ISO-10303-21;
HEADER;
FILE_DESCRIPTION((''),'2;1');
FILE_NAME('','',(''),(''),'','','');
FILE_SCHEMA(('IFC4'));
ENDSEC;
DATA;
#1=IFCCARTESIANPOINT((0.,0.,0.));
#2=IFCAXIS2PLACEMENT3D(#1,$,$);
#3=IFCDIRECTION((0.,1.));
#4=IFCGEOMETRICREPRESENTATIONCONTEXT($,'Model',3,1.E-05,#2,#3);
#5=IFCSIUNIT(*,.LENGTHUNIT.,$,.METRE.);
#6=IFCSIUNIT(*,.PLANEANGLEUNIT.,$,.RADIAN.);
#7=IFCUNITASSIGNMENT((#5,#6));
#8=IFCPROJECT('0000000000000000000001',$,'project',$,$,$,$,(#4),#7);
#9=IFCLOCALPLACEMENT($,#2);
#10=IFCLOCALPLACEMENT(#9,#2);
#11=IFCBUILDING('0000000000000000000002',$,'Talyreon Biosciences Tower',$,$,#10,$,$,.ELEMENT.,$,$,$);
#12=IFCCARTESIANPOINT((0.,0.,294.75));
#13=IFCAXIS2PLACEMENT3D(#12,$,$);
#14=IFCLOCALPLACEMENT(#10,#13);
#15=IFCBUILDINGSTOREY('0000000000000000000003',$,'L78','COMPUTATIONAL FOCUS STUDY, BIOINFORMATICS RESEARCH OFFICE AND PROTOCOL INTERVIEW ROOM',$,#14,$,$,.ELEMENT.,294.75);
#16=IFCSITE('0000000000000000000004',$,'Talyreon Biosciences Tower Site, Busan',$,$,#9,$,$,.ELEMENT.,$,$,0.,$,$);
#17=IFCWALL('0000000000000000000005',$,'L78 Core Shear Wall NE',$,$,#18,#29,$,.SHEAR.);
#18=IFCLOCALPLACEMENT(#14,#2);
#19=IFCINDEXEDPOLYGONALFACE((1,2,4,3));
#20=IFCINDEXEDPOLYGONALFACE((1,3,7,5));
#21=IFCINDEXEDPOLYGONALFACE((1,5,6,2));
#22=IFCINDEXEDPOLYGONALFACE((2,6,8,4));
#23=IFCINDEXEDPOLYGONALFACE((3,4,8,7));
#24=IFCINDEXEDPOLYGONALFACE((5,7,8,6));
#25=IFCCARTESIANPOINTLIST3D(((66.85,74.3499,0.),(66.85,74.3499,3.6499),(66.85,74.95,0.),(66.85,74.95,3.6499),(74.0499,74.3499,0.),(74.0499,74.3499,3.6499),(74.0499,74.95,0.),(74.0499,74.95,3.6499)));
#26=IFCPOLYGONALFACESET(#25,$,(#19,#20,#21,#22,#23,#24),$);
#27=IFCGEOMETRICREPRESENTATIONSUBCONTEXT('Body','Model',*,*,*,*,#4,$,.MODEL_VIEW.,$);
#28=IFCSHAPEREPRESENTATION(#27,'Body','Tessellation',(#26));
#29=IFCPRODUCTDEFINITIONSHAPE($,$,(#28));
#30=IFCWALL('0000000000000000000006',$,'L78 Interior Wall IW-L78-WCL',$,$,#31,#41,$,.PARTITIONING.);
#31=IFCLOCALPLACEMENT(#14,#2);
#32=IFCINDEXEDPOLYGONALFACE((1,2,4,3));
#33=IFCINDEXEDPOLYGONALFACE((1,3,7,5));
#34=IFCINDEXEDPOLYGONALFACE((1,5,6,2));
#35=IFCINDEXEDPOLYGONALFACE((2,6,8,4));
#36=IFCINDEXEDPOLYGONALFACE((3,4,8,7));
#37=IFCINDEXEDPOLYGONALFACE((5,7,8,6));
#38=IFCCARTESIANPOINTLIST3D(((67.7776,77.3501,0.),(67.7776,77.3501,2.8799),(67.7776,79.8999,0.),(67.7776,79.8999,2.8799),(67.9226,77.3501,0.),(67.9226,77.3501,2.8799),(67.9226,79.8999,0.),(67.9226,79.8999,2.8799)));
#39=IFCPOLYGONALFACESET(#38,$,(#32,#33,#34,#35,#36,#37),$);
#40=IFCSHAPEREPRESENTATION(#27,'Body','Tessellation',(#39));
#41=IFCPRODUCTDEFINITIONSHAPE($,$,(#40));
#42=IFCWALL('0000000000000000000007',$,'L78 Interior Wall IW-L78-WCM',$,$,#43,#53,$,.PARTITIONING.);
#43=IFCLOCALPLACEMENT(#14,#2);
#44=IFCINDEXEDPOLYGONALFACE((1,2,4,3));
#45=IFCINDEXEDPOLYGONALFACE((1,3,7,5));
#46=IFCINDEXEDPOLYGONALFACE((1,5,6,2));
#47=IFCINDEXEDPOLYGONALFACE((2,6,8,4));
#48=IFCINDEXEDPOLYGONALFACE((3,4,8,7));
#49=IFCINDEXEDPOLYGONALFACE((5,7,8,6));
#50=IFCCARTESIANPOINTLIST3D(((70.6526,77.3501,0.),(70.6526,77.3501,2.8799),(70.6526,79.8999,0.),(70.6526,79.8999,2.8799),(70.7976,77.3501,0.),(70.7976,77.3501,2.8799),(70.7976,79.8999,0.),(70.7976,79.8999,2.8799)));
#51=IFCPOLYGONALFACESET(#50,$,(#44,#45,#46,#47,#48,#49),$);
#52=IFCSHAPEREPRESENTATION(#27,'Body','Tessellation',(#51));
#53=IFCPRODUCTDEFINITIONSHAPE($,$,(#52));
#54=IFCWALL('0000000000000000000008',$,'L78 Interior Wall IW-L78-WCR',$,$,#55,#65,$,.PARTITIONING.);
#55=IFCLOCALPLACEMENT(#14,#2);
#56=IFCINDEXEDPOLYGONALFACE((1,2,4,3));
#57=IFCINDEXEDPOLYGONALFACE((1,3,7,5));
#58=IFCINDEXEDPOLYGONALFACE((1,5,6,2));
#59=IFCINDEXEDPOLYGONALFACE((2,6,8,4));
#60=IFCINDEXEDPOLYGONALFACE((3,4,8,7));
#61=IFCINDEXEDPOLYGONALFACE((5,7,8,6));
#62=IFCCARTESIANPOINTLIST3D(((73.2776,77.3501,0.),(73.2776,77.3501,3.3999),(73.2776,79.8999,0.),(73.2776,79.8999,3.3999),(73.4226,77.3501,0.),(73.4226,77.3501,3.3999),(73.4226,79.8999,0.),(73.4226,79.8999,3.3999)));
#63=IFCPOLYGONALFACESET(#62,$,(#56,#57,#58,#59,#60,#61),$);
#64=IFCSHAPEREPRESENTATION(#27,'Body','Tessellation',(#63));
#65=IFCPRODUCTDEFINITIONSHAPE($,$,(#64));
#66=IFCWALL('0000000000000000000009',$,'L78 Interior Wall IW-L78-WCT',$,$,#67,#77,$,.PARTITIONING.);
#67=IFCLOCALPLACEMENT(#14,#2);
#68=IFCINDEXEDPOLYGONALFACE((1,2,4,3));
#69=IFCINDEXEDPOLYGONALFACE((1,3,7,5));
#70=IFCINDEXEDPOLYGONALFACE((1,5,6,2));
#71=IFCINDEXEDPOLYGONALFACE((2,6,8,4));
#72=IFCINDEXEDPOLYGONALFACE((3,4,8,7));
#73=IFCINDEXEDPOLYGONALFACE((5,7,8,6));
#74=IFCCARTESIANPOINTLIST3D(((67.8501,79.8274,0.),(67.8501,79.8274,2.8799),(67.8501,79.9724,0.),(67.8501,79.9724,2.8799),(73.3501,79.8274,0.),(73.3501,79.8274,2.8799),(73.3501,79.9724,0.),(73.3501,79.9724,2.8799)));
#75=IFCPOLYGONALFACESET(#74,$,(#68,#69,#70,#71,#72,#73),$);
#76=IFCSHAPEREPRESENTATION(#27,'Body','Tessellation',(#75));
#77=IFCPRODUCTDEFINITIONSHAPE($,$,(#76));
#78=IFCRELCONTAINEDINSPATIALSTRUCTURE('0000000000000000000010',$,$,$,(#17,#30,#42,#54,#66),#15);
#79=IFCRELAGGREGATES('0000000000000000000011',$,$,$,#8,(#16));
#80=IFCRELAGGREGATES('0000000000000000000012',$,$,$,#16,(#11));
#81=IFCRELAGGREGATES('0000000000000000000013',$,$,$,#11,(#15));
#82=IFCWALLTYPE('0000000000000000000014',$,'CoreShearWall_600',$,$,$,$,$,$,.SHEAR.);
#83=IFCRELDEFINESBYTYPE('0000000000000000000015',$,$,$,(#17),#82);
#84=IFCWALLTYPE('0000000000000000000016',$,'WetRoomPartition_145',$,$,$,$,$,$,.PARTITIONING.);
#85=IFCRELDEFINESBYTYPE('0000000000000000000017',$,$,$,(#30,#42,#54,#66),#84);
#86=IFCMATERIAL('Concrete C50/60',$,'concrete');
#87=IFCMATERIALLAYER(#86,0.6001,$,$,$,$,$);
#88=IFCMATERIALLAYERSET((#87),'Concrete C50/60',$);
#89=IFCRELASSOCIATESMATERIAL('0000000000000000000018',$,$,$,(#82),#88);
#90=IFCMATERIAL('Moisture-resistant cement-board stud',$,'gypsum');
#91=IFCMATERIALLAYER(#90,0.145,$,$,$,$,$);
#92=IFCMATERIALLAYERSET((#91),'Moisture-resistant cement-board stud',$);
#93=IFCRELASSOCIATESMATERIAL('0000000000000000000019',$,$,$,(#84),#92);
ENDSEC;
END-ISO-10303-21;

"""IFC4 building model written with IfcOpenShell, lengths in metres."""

from ifc_helpers import new_model, si_unit, direction, frame, frame_2d, origin, place, context, subcontext, project, spatial, rectangle, extrude, material, layer, layer_set, type_object, element, save


model = new_model("IFC4")

# Units and contexts
model_context = context("Model", 3, precision=1e-05, world=origin(), true_north=direction((0.0, 1.0)))
body_context = subcontext(model_context, "Body", "Model", "MODEL_VIEW")
ifc_project = project(units=[si_unit("LENGTHUNIT", "METRE"), si_unit("PLANEANGLEUNIT", "RADIAN")], contexts=[model_context])

# Site, building, storey
site_placement = place(None, origin())
site = spatial("IfcSite", under=ifc_project, at=site_placement, Name="Talyreon Biosciences Tower Site, Busan", CompositionType="ELEMENT", RefElevation=0.0)
building_placement = place(site_placement, origin())
building = spatial("IfcBuilding", under=site, at=building_placement, Name="Talyreon Biosciences Tower", CompositionType="ELEMENT")
storey_placement = place(building_placement, frame((0.0, 0.0, 294.75)))
storey = spatial("IfcBuildingStorey", under=building, at=storey_placement, Name="L78", Description="COMPUTATIONAL FOCUS STUDY, BIOINFORMATICS RESEARCH OFFICE AND PROTOCOL INTERVIEW ROOM", CompositionType="ELEMENT", Elevation=294.75)

# Shared definitions
ifc_material_1 = material(Name="Concrete C50/60", Category="concrete")

# Walls
ifc_layer_1 = layer(ifc_material_1, 0.6001)
ifc_layer_set_1 = layer_set([ifc_layer_1], Name="Concrete C50/60")
wall_type_1 = type_object("IfcWallType", Name="CoreShearWall_600", PredefinedType="SHEAR", material=ifc_layer_set_1)
wall_1_placement = place(storey_placement, frame((74.05, 74.6499, 0.0), z_axis=(0.0, 0.0, 1.0), x_axis=(-1.0, 0.0, 0.0)))
element("IfcWall", 1, at=wall_1_placement, inside=storey, type_object=wall_type_1, Name="L78 Core Shear Wall NE", PredefinedType="SHEAR", context=body_context, shape_type="SweptSolid", body=[
    extrude(rectangle(XDim=7.2, YDim=0.6001, at=frame_2d((3.6001, 0.0))), origin(), (0.0, 0.0, 1.0), 3.6499),
])
ifc_material_2 = material(Name="Moisture-resistant cement-board stud", Category="gypsum")
ifc_layer_2 = layer(ifc_material_2, 0.145)
ifc_layer_set_2 = layer_set([ifc_layer_2], Name="Moisture-resistant cement-board stud")
wall_type_2 = type_object("IfcWallType", Name="WetRoomPartition_145", PredefinedType="PARTITIONING", material=ifc_layer_set_2)
for number, where, z_axis, x_axis, name in (
    (2, (67.8501, 77.3501, 0.0), (0.0, 0.0, 1.0), (0.0, 1.0, 0.0), "L78 Interior Wall IW-L78-WCL"),
    (3, (70.7251, 77.3501, 0.0), (0.0, 0.0, 1.0), (0.0, 1.0, 0.0), "L78 Interior Wall IW-L78-WCM"),
):
    element("IfcWall", number, at=place(storey_placement, frame(where, z_axis=z_axis, x_axis=x_axis)), inside=storey, type_object=wall_type_2, Name=name, PredefinedType="PARTITIONING", context=body_context, shape_type="SweptSolid", body=[
        extrude(rectangle(XDim=2.5498, YDim=0.145, at=frame_2d((1.2749, 0.0))), origin(), (0.0, 0.0, 1.0), 2.8799),
    ])
wall_2_placement = place(storey_placement, frame((73.3501, 77.3501, 0.0), z_axis=(0.0, 0.0, 1.0), x_axis=(0.0, 1.0, 0.0)))
element("IfcWall", 4, at=wall_2_placement, inside=storey, type_object=wall_type_2, Name="L78 Interior Wall IW-L78-WCR", PredefinedType="PARTITIONING", context=body_context, shape_type="SweptSolid", body=[
    extrude(rectangle(XDim=2.5498, YDim=0.145, at=frame_2d((1.2749, 0.0))), origin(), (0.0, 0.0, 1.0), 3.3999),
])
wall_3_placement = place(storey_placement, frame((67.8501, 79.8999, 0.0), z_axis=(0.0, 0.0, 1.0), x_axis=(1.0, 0.0, 0.0)))
element("IfcWall", 5, at=wall_3_placement, inside=storey, type_object=wall_type_2, Name="L78 Interior Wall IW-L78-WCT", PredefinedType="PARTITIONING", context=body_context, shape_type="SweptSolid", body=[
    extrude(rectangle(XDim=5.5, YDim=0.145, at=frame_2d((2.75, 0.0))), origin(), (0.0, 0.0, 1.0), 2.8799),
])

save(model, "model.ifc")
